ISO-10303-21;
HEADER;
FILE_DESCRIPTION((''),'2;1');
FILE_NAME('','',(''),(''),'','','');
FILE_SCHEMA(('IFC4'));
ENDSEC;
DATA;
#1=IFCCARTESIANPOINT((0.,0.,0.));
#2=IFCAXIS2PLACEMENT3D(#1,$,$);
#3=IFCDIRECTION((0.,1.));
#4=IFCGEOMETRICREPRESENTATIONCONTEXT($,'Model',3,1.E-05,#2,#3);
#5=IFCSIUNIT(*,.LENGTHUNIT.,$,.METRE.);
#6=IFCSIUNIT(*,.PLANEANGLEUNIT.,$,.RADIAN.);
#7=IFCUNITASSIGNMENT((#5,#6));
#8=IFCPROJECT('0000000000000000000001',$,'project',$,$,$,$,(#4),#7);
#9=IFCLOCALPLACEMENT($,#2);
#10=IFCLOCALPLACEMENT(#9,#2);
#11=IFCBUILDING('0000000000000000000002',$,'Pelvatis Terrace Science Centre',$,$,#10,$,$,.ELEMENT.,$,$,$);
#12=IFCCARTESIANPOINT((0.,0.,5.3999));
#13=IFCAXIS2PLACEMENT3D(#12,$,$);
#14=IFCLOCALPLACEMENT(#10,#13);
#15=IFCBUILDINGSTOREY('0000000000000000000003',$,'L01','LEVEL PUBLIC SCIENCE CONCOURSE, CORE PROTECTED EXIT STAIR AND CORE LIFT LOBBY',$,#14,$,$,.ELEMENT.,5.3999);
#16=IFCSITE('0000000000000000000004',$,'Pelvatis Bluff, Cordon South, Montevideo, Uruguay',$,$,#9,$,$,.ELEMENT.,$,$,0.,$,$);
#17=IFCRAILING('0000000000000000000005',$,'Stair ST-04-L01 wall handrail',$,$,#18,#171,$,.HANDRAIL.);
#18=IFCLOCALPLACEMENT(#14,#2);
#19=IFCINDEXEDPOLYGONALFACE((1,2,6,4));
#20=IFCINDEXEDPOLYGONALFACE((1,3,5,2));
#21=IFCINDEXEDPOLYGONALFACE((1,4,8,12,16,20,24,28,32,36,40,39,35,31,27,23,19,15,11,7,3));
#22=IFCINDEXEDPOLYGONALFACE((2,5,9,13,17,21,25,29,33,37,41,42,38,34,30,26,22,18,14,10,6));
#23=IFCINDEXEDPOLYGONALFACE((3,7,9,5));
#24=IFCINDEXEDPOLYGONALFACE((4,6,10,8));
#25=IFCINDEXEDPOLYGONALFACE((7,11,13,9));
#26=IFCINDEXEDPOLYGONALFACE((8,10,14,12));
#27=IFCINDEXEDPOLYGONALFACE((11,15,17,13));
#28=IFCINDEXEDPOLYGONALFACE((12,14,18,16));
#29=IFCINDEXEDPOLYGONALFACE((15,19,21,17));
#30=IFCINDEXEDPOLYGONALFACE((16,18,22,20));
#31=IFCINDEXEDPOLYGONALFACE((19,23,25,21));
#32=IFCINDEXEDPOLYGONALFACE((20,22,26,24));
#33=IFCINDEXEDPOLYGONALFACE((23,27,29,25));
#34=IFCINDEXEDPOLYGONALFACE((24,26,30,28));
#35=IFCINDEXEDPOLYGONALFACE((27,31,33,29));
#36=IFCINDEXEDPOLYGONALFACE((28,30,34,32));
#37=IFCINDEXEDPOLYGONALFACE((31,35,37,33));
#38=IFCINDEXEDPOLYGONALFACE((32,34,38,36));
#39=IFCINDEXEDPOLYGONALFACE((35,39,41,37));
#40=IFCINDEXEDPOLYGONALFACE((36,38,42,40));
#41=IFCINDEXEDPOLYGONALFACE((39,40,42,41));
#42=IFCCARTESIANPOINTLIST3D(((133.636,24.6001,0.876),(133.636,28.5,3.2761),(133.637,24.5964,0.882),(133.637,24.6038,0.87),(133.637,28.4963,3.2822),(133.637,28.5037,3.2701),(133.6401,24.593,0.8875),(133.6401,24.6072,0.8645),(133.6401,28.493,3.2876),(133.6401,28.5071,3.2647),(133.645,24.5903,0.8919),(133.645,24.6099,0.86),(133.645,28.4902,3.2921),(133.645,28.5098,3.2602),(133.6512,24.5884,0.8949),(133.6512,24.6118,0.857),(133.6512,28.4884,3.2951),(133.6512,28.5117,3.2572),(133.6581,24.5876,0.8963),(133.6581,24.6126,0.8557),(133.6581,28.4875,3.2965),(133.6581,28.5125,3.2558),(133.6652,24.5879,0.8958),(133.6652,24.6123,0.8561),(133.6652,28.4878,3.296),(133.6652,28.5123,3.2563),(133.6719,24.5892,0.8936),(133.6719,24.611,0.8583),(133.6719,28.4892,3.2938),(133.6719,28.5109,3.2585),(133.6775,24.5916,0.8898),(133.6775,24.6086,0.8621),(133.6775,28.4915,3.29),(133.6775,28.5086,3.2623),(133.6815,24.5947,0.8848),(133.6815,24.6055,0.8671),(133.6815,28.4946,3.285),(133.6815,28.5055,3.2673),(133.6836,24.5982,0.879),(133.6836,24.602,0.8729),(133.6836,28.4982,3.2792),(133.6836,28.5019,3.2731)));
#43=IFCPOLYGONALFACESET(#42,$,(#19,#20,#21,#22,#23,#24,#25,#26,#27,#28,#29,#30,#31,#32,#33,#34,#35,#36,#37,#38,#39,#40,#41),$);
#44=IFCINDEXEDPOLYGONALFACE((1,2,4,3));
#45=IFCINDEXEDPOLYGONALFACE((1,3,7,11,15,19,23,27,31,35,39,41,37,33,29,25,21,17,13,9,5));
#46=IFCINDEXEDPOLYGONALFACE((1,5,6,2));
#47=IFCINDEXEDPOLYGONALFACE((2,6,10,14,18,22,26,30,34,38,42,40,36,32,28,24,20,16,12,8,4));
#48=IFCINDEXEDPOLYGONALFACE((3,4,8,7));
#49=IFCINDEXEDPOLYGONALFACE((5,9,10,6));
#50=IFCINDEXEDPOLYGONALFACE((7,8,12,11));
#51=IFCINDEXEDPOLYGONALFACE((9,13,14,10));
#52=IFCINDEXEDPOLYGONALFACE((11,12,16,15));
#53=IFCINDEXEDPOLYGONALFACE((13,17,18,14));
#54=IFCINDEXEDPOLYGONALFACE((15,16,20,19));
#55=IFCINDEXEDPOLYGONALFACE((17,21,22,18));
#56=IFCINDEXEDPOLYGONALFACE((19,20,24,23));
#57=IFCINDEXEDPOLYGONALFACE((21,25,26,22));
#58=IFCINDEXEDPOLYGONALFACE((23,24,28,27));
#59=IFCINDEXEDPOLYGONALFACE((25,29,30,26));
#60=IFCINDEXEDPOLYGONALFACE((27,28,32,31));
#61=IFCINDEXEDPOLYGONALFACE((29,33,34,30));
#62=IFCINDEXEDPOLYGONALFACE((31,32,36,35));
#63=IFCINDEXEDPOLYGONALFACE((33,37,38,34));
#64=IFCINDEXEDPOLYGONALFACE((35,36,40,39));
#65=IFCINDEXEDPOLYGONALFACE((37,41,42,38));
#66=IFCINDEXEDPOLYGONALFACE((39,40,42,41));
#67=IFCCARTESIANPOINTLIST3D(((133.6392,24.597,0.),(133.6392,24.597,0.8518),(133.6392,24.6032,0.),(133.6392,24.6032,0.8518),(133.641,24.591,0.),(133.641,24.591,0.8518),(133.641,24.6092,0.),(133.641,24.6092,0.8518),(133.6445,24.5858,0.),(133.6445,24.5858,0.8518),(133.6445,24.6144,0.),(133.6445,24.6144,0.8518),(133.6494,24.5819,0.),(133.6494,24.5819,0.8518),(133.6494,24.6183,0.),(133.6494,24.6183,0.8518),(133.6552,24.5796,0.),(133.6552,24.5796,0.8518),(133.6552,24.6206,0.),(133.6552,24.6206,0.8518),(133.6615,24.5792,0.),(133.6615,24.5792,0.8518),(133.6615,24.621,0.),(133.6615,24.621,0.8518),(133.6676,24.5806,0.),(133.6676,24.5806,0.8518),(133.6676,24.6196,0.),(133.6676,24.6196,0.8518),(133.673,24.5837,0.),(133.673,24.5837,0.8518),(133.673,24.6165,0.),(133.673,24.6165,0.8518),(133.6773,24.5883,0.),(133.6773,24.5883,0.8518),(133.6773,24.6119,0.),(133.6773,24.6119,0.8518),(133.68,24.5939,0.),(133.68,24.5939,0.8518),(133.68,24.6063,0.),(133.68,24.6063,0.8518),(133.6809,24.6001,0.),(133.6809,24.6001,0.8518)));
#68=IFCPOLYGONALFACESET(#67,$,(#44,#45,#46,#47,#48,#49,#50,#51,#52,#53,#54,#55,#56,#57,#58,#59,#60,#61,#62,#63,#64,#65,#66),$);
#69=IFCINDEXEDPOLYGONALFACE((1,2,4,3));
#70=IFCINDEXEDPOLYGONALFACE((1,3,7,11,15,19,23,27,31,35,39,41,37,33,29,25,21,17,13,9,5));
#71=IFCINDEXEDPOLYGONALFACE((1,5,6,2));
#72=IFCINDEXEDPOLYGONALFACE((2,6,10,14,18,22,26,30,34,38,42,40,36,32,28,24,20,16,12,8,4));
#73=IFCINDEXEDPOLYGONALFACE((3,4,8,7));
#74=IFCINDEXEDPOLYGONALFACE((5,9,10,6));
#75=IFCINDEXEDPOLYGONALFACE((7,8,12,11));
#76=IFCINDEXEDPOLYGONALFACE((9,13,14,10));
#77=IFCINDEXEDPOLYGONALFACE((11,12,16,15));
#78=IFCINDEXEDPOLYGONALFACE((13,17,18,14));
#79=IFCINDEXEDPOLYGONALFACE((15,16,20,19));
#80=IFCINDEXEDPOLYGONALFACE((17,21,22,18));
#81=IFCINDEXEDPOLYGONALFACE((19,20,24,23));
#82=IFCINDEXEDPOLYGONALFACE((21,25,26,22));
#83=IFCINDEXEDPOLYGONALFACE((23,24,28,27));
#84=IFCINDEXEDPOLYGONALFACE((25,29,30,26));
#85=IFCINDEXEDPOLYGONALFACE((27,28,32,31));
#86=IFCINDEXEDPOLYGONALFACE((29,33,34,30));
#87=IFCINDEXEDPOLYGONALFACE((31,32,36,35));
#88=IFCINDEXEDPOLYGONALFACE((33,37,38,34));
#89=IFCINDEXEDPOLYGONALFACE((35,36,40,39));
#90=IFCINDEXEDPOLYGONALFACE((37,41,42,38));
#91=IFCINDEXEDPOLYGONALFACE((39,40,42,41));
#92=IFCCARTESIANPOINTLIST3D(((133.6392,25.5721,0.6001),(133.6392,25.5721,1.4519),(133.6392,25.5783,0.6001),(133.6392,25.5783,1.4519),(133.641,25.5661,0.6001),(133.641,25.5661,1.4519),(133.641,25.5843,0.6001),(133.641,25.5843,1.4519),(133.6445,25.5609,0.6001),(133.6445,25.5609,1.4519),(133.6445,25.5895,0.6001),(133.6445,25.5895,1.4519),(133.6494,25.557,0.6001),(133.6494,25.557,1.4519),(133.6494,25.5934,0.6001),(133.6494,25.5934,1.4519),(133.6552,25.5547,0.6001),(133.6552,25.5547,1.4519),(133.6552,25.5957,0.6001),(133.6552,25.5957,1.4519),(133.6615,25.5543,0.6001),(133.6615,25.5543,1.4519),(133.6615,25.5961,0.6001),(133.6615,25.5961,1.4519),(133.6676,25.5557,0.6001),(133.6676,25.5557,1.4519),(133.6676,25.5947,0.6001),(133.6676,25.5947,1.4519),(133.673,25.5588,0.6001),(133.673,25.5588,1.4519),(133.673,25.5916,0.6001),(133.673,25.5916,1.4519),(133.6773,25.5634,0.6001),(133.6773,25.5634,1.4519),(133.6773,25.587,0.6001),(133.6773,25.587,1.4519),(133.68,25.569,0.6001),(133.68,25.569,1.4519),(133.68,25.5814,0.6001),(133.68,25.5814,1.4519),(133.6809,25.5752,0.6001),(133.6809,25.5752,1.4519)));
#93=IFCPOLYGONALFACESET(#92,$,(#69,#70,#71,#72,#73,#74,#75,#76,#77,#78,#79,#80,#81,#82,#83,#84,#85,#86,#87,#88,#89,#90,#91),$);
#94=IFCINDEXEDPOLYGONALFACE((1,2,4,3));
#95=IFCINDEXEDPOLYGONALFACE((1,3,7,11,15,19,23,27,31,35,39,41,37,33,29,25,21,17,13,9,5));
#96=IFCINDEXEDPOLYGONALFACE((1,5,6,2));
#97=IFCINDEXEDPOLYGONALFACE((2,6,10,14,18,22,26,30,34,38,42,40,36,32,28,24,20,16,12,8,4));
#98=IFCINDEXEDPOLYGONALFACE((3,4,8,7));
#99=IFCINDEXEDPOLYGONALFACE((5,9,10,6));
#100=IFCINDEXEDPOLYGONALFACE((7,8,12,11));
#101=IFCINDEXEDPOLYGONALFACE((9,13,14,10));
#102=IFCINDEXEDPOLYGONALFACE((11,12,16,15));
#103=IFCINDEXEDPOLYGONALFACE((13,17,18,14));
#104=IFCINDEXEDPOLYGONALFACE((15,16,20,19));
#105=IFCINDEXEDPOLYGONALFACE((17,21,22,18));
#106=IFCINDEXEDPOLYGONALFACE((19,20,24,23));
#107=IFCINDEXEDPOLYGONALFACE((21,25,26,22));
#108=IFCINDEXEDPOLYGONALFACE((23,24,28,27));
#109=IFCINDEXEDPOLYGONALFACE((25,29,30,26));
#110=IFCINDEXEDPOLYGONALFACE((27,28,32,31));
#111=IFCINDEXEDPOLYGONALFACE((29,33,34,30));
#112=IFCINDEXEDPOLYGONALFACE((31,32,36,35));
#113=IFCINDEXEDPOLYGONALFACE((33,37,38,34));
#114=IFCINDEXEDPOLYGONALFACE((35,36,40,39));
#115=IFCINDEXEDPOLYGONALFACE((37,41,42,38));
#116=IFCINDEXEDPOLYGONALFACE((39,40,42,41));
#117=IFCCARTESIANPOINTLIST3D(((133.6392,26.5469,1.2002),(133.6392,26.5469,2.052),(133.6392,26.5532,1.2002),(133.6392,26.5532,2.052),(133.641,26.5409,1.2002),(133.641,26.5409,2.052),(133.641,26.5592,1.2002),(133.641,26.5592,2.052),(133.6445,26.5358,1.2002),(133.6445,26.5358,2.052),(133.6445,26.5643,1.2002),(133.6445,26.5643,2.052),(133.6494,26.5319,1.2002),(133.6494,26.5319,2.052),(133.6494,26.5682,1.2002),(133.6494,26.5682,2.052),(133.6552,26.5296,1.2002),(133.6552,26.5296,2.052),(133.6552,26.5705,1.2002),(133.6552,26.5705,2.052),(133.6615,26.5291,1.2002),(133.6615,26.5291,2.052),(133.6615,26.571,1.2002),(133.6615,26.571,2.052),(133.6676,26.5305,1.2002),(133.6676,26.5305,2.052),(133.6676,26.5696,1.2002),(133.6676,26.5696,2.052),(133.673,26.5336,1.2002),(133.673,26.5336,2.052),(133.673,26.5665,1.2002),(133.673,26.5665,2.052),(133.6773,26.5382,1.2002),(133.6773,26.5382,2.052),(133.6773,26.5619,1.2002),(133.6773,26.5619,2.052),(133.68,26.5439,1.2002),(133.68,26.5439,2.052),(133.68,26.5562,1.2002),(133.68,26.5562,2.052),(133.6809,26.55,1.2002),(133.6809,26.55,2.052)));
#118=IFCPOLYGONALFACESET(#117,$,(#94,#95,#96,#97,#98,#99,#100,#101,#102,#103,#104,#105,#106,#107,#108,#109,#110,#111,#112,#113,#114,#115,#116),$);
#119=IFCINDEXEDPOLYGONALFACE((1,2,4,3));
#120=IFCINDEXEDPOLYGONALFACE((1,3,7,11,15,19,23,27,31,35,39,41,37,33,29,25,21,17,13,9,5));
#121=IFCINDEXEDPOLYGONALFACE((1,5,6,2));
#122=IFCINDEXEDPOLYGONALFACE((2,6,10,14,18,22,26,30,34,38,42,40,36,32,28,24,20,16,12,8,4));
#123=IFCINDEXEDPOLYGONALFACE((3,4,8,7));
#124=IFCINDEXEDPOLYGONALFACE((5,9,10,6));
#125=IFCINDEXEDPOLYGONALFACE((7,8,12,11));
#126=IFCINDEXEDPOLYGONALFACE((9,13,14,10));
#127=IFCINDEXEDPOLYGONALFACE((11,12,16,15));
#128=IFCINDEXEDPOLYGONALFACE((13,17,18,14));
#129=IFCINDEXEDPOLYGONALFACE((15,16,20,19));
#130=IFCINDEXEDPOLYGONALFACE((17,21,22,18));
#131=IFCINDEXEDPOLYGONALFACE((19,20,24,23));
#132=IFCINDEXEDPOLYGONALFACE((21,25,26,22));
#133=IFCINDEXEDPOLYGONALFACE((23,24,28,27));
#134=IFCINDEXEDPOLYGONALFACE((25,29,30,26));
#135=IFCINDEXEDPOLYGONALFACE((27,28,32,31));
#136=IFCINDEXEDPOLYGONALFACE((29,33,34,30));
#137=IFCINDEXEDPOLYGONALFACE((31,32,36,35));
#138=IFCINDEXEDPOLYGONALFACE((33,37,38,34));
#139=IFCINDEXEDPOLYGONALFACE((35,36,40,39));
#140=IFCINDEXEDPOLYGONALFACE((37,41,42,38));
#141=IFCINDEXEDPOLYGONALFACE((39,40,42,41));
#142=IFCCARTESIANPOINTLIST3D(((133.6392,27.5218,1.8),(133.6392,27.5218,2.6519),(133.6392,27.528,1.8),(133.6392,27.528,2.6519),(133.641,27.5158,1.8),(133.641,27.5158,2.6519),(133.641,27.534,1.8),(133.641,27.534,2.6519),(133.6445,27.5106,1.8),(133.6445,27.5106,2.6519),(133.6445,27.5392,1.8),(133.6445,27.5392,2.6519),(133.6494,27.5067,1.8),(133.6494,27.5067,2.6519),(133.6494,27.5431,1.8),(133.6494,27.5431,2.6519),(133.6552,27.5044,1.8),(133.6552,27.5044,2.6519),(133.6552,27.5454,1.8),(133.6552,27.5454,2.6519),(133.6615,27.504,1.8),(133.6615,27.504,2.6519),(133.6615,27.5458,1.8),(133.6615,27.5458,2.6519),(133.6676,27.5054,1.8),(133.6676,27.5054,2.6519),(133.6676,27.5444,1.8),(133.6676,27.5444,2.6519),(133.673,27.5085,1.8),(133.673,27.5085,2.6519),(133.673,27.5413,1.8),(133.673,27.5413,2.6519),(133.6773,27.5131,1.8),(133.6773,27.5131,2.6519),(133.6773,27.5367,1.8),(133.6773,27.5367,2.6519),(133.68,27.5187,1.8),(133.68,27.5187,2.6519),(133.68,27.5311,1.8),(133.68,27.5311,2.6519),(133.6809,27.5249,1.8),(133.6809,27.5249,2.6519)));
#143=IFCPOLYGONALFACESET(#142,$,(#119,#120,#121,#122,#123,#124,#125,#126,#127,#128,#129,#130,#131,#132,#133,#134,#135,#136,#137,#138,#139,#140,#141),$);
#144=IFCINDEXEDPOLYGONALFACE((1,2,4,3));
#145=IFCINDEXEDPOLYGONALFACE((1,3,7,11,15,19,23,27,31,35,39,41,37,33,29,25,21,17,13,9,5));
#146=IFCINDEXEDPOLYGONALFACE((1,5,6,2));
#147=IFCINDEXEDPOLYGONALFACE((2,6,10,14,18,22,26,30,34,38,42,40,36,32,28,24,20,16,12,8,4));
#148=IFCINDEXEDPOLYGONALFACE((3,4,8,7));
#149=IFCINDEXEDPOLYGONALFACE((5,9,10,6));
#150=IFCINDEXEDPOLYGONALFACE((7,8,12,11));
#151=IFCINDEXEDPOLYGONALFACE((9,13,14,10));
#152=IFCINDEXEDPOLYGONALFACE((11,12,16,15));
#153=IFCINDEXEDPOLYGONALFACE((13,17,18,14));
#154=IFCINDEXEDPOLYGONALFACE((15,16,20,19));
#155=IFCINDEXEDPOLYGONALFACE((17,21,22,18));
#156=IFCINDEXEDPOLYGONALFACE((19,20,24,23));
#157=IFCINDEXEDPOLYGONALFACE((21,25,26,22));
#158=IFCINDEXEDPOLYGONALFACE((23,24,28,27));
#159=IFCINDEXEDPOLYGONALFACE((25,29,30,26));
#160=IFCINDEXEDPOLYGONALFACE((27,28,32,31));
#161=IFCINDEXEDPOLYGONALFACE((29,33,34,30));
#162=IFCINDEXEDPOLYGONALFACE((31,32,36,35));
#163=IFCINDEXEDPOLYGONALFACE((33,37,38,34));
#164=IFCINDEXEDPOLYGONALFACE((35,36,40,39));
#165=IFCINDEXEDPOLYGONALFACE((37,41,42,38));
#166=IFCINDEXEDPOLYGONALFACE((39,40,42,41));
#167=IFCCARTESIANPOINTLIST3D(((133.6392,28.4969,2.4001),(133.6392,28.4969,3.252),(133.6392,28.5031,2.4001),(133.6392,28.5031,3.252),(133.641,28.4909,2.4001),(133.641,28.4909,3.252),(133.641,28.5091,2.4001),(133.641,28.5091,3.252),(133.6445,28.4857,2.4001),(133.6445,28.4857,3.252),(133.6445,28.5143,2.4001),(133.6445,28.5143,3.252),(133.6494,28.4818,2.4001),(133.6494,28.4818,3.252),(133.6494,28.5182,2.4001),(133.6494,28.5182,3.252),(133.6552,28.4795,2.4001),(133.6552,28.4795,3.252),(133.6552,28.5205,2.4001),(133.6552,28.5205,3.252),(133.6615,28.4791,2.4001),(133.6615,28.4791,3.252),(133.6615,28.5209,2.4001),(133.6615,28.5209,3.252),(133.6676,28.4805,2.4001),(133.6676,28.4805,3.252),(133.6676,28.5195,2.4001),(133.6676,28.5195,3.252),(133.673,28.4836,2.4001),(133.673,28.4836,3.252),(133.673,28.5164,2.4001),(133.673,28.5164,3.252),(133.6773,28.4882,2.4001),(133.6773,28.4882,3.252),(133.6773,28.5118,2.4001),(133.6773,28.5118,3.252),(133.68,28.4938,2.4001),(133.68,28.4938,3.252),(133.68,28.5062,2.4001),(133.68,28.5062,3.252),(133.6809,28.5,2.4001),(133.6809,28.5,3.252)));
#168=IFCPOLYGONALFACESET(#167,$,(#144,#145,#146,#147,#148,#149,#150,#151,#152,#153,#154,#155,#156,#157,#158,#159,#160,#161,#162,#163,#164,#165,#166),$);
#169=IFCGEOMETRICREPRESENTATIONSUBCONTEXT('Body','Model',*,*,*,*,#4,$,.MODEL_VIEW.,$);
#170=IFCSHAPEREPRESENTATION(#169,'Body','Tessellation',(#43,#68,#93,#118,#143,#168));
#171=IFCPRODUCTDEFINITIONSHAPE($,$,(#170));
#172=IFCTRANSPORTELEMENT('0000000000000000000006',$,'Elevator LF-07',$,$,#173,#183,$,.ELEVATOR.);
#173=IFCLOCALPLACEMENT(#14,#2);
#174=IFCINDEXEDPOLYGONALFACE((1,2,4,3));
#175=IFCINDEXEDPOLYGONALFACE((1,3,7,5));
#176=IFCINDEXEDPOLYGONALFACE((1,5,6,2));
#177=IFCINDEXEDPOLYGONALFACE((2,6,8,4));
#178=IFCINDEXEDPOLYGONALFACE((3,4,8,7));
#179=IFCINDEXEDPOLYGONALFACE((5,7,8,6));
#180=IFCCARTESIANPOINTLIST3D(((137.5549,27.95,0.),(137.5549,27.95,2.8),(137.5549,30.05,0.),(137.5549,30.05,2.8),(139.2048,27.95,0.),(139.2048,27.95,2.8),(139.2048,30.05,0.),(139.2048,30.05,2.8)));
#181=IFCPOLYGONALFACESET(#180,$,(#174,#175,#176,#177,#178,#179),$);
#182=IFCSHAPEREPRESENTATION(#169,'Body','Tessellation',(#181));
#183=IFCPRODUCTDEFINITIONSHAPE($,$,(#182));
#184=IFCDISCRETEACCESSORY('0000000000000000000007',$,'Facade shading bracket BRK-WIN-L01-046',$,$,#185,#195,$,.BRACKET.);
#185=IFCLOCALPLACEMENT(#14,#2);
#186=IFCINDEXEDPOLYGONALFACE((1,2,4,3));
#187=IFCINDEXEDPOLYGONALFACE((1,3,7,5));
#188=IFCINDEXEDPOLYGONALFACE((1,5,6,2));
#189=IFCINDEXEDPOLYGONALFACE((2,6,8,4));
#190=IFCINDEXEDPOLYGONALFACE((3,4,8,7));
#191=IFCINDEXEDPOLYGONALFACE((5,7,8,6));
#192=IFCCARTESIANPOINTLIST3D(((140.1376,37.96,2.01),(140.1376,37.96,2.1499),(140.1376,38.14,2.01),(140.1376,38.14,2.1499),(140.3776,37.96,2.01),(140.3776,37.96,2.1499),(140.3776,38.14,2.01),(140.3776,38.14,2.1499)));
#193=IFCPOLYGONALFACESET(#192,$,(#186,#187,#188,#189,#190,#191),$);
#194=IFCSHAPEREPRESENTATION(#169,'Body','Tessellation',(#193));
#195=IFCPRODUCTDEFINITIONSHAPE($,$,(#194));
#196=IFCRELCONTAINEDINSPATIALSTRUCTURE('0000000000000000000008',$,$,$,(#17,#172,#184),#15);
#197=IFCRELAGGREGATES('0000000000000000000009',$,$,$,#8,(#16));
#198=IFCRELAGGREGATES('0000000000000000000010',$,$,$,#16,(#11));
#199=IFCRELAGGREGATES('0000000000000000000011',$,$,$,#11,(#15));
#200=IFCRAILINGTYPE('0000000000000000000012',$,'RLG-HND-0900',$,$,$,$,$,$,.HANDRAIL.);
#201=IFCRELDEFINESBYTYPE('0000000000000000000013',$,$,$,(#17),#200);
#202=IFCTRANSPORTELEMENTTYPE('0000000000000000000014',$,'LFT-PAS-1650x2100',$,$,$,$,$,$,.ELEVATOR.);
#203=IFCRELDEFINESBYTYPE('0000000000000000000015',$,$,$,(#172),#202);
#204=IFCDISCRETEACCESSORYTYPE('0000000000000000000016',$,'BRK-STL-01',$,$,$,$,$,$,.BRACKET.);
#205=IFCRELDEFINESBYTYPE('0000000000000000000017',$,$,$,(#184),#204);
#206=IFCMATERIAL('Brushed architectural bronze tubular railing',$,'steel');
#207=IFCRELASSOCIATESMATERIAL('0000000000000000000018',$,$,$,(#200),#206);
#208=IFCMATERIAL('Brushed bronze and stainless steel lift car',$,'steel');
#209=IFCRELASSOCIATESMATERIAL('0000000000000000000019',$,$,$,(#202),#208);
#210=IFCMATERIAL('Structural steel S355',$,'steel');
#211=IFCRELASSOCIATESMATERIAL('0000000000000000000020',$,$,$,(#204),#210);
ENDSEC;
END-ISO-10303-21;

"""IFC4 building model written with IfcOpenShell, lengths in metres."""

from ifc_helpers import new_model, si_unit, direction, frame, origin, origin_2d, place, context, subcontext, project, spatial, rectangle, circle, extrude, material, type_object, element, save


model = new_model("IFC4")

# Units and contexts
model_context = context("Model", 3, precision=1e-05, world=origin(), true_north=direction((0.0, 1.0)))
body_context = subcontext(model_context, "Body", "Model", "MODEL_VIEW")
ifc_project = project(units=[si_unit("LENGTHUNIT", "METRE"), si_unit("PLANEANGLEUNIT", "RADIAN")], contexts=[model_context])

# Site, building, storey
site_placement = place(None, origin())
site = spatial("IfcSite", under=ifc_project, at=site_placement, Name="Pelvatis Bluff, Cordon South, Montevideo, Uruguay", CompositionType="ELEMENT", RefElevation=0.0)
building_placement = place(site_placement, origin())
building = spatial("IfcBuilding", under=site, at=building_placement, Name="Pelvatis Terrace Science Centre", CompositionType="ELEMENT")
storey_placement = place(building_placement, frame((0.0, 0.0, 5.3999)))
storey = spatial("IfcBuildingStorey", under=building, at=storey_placement, Name="L01", Description="LEVEL PUBLIC SCIENCE CONCOURSE, CORE PROTECTED EXIT STAIR AND CORE LIFT LOBBY", CompositionType="ELEMENT", Elevation=5.3999)

# Railing
ifc_material_1 = material(Name="Brushed architectural bronze tubular railing", Category="steel")
railing_type_1 = type_object("IfcRailingType", Name="RLG-HND-0900", PredefinedType="HANDRAIL", material=ifc_material_1)
railing_1_placement = place(storey_placement, frame((133.6599, 24.6001, 0.0)))
element("IfcRailing", 1, at=railing_1_placement, inside=storey, type_object=railing_type_1, Name="Stair ST-04-L01 wall handrail", PredefinedType="HANDRAIL", context=body_context, shape_type="SweptSolid", body=[
    extrude(circle(Radius=0.0239, at=origin_2d()), frame((0.0, 0.0, 0.876), z_axis=(0.0, 0.851638, 0.52413), x_axis=(-1.0, 0.0, 0.0)), (0.0, 0.0, 1.0), 4.5793),
    extrude(circle(Radius=0.021, at=origin_2d()), origin(), (0.0, 0.0, 1.0), 0.8518),
    extrude(circle(Radius=0.021, at=origin_2d()), frame((0.0, 0.9751, 0.6001)), (0.0, 0.0, 1.0), 0.8518),
    extrude(circle(Radius=0.021, at=origin_2d()), frame((0.0, 1.95, 1.2002)), (0.0, 0.0, 1.0), 0.8518),
    extrude(circle(Radius=0.021, at=origin_2d()), frame((0.0, 2.9248, 1.8)), (0.0, 0.0, 1.0), 0.8518),
    extrude(circle(Radius=0.021, at=origin_2d()), frame((0.0, 3.8999, 2.4001)), (0.0, 0.0, 1.0), 0.8518),
])

# Transport element
ifc_material_2 = material(Name="Brushed bronze and stainless steel lift car", Category="steel")
transport_element_type = type_object("IfcTransportElementType", Name="LFT-PAS-1650x2100", PredefinedType="ELEVATOR", material=ifc_material_2)
transport_element_placement = place(storey_placement, frame((138.3799, 29.0, 0.0), z_axis=(0.0, 0.0, 1.0), x_axis=(1.0, 0.0, 0.0)))
element("IfcTransportElement", 2, at=transport_element_placement, inside=storey, type_object=transport_element_type, Name="Elevator LF-07", PredefinedType="ELEVATOR", context=body_context, shape_type="SweptSolid", body=[
    extrude(rectangle(XDim=1.6499, YDim=2.1001, at=origin_2d()), origin(), (0.0, 0.0, 1.0), 2.8),
])

# Discrete accessory
ifc_material_3 = material(Name="Structural steel S355", Category="steel")
discrete_accessory_type = type_object("IfcDiscreteAccessoryType", Name="BRK-STL-01", PredefinedType="BRACKET", material=ifc_material_3)
discrete_accessory_placement = place(storey_placement, frame((140.2576, 38.05, 2.01)))
element("IfcDiscreteAccessory", 3, at=discrete_accessory_placement, inside=storey, type_object=discrete_accessory_type, Name="Facade shading bracket BRK-WIN-L01-046", PredefinedType="BRACKET", context=body_context, shape_type="SweptSolid", body=[
    extrude(rectangle(XDim=0.24, YDim=0.18, at=origin_2d()), origin(), (0.0, 0.0, 1.0), 0.1399),
])

save(model, "model.ifc")
